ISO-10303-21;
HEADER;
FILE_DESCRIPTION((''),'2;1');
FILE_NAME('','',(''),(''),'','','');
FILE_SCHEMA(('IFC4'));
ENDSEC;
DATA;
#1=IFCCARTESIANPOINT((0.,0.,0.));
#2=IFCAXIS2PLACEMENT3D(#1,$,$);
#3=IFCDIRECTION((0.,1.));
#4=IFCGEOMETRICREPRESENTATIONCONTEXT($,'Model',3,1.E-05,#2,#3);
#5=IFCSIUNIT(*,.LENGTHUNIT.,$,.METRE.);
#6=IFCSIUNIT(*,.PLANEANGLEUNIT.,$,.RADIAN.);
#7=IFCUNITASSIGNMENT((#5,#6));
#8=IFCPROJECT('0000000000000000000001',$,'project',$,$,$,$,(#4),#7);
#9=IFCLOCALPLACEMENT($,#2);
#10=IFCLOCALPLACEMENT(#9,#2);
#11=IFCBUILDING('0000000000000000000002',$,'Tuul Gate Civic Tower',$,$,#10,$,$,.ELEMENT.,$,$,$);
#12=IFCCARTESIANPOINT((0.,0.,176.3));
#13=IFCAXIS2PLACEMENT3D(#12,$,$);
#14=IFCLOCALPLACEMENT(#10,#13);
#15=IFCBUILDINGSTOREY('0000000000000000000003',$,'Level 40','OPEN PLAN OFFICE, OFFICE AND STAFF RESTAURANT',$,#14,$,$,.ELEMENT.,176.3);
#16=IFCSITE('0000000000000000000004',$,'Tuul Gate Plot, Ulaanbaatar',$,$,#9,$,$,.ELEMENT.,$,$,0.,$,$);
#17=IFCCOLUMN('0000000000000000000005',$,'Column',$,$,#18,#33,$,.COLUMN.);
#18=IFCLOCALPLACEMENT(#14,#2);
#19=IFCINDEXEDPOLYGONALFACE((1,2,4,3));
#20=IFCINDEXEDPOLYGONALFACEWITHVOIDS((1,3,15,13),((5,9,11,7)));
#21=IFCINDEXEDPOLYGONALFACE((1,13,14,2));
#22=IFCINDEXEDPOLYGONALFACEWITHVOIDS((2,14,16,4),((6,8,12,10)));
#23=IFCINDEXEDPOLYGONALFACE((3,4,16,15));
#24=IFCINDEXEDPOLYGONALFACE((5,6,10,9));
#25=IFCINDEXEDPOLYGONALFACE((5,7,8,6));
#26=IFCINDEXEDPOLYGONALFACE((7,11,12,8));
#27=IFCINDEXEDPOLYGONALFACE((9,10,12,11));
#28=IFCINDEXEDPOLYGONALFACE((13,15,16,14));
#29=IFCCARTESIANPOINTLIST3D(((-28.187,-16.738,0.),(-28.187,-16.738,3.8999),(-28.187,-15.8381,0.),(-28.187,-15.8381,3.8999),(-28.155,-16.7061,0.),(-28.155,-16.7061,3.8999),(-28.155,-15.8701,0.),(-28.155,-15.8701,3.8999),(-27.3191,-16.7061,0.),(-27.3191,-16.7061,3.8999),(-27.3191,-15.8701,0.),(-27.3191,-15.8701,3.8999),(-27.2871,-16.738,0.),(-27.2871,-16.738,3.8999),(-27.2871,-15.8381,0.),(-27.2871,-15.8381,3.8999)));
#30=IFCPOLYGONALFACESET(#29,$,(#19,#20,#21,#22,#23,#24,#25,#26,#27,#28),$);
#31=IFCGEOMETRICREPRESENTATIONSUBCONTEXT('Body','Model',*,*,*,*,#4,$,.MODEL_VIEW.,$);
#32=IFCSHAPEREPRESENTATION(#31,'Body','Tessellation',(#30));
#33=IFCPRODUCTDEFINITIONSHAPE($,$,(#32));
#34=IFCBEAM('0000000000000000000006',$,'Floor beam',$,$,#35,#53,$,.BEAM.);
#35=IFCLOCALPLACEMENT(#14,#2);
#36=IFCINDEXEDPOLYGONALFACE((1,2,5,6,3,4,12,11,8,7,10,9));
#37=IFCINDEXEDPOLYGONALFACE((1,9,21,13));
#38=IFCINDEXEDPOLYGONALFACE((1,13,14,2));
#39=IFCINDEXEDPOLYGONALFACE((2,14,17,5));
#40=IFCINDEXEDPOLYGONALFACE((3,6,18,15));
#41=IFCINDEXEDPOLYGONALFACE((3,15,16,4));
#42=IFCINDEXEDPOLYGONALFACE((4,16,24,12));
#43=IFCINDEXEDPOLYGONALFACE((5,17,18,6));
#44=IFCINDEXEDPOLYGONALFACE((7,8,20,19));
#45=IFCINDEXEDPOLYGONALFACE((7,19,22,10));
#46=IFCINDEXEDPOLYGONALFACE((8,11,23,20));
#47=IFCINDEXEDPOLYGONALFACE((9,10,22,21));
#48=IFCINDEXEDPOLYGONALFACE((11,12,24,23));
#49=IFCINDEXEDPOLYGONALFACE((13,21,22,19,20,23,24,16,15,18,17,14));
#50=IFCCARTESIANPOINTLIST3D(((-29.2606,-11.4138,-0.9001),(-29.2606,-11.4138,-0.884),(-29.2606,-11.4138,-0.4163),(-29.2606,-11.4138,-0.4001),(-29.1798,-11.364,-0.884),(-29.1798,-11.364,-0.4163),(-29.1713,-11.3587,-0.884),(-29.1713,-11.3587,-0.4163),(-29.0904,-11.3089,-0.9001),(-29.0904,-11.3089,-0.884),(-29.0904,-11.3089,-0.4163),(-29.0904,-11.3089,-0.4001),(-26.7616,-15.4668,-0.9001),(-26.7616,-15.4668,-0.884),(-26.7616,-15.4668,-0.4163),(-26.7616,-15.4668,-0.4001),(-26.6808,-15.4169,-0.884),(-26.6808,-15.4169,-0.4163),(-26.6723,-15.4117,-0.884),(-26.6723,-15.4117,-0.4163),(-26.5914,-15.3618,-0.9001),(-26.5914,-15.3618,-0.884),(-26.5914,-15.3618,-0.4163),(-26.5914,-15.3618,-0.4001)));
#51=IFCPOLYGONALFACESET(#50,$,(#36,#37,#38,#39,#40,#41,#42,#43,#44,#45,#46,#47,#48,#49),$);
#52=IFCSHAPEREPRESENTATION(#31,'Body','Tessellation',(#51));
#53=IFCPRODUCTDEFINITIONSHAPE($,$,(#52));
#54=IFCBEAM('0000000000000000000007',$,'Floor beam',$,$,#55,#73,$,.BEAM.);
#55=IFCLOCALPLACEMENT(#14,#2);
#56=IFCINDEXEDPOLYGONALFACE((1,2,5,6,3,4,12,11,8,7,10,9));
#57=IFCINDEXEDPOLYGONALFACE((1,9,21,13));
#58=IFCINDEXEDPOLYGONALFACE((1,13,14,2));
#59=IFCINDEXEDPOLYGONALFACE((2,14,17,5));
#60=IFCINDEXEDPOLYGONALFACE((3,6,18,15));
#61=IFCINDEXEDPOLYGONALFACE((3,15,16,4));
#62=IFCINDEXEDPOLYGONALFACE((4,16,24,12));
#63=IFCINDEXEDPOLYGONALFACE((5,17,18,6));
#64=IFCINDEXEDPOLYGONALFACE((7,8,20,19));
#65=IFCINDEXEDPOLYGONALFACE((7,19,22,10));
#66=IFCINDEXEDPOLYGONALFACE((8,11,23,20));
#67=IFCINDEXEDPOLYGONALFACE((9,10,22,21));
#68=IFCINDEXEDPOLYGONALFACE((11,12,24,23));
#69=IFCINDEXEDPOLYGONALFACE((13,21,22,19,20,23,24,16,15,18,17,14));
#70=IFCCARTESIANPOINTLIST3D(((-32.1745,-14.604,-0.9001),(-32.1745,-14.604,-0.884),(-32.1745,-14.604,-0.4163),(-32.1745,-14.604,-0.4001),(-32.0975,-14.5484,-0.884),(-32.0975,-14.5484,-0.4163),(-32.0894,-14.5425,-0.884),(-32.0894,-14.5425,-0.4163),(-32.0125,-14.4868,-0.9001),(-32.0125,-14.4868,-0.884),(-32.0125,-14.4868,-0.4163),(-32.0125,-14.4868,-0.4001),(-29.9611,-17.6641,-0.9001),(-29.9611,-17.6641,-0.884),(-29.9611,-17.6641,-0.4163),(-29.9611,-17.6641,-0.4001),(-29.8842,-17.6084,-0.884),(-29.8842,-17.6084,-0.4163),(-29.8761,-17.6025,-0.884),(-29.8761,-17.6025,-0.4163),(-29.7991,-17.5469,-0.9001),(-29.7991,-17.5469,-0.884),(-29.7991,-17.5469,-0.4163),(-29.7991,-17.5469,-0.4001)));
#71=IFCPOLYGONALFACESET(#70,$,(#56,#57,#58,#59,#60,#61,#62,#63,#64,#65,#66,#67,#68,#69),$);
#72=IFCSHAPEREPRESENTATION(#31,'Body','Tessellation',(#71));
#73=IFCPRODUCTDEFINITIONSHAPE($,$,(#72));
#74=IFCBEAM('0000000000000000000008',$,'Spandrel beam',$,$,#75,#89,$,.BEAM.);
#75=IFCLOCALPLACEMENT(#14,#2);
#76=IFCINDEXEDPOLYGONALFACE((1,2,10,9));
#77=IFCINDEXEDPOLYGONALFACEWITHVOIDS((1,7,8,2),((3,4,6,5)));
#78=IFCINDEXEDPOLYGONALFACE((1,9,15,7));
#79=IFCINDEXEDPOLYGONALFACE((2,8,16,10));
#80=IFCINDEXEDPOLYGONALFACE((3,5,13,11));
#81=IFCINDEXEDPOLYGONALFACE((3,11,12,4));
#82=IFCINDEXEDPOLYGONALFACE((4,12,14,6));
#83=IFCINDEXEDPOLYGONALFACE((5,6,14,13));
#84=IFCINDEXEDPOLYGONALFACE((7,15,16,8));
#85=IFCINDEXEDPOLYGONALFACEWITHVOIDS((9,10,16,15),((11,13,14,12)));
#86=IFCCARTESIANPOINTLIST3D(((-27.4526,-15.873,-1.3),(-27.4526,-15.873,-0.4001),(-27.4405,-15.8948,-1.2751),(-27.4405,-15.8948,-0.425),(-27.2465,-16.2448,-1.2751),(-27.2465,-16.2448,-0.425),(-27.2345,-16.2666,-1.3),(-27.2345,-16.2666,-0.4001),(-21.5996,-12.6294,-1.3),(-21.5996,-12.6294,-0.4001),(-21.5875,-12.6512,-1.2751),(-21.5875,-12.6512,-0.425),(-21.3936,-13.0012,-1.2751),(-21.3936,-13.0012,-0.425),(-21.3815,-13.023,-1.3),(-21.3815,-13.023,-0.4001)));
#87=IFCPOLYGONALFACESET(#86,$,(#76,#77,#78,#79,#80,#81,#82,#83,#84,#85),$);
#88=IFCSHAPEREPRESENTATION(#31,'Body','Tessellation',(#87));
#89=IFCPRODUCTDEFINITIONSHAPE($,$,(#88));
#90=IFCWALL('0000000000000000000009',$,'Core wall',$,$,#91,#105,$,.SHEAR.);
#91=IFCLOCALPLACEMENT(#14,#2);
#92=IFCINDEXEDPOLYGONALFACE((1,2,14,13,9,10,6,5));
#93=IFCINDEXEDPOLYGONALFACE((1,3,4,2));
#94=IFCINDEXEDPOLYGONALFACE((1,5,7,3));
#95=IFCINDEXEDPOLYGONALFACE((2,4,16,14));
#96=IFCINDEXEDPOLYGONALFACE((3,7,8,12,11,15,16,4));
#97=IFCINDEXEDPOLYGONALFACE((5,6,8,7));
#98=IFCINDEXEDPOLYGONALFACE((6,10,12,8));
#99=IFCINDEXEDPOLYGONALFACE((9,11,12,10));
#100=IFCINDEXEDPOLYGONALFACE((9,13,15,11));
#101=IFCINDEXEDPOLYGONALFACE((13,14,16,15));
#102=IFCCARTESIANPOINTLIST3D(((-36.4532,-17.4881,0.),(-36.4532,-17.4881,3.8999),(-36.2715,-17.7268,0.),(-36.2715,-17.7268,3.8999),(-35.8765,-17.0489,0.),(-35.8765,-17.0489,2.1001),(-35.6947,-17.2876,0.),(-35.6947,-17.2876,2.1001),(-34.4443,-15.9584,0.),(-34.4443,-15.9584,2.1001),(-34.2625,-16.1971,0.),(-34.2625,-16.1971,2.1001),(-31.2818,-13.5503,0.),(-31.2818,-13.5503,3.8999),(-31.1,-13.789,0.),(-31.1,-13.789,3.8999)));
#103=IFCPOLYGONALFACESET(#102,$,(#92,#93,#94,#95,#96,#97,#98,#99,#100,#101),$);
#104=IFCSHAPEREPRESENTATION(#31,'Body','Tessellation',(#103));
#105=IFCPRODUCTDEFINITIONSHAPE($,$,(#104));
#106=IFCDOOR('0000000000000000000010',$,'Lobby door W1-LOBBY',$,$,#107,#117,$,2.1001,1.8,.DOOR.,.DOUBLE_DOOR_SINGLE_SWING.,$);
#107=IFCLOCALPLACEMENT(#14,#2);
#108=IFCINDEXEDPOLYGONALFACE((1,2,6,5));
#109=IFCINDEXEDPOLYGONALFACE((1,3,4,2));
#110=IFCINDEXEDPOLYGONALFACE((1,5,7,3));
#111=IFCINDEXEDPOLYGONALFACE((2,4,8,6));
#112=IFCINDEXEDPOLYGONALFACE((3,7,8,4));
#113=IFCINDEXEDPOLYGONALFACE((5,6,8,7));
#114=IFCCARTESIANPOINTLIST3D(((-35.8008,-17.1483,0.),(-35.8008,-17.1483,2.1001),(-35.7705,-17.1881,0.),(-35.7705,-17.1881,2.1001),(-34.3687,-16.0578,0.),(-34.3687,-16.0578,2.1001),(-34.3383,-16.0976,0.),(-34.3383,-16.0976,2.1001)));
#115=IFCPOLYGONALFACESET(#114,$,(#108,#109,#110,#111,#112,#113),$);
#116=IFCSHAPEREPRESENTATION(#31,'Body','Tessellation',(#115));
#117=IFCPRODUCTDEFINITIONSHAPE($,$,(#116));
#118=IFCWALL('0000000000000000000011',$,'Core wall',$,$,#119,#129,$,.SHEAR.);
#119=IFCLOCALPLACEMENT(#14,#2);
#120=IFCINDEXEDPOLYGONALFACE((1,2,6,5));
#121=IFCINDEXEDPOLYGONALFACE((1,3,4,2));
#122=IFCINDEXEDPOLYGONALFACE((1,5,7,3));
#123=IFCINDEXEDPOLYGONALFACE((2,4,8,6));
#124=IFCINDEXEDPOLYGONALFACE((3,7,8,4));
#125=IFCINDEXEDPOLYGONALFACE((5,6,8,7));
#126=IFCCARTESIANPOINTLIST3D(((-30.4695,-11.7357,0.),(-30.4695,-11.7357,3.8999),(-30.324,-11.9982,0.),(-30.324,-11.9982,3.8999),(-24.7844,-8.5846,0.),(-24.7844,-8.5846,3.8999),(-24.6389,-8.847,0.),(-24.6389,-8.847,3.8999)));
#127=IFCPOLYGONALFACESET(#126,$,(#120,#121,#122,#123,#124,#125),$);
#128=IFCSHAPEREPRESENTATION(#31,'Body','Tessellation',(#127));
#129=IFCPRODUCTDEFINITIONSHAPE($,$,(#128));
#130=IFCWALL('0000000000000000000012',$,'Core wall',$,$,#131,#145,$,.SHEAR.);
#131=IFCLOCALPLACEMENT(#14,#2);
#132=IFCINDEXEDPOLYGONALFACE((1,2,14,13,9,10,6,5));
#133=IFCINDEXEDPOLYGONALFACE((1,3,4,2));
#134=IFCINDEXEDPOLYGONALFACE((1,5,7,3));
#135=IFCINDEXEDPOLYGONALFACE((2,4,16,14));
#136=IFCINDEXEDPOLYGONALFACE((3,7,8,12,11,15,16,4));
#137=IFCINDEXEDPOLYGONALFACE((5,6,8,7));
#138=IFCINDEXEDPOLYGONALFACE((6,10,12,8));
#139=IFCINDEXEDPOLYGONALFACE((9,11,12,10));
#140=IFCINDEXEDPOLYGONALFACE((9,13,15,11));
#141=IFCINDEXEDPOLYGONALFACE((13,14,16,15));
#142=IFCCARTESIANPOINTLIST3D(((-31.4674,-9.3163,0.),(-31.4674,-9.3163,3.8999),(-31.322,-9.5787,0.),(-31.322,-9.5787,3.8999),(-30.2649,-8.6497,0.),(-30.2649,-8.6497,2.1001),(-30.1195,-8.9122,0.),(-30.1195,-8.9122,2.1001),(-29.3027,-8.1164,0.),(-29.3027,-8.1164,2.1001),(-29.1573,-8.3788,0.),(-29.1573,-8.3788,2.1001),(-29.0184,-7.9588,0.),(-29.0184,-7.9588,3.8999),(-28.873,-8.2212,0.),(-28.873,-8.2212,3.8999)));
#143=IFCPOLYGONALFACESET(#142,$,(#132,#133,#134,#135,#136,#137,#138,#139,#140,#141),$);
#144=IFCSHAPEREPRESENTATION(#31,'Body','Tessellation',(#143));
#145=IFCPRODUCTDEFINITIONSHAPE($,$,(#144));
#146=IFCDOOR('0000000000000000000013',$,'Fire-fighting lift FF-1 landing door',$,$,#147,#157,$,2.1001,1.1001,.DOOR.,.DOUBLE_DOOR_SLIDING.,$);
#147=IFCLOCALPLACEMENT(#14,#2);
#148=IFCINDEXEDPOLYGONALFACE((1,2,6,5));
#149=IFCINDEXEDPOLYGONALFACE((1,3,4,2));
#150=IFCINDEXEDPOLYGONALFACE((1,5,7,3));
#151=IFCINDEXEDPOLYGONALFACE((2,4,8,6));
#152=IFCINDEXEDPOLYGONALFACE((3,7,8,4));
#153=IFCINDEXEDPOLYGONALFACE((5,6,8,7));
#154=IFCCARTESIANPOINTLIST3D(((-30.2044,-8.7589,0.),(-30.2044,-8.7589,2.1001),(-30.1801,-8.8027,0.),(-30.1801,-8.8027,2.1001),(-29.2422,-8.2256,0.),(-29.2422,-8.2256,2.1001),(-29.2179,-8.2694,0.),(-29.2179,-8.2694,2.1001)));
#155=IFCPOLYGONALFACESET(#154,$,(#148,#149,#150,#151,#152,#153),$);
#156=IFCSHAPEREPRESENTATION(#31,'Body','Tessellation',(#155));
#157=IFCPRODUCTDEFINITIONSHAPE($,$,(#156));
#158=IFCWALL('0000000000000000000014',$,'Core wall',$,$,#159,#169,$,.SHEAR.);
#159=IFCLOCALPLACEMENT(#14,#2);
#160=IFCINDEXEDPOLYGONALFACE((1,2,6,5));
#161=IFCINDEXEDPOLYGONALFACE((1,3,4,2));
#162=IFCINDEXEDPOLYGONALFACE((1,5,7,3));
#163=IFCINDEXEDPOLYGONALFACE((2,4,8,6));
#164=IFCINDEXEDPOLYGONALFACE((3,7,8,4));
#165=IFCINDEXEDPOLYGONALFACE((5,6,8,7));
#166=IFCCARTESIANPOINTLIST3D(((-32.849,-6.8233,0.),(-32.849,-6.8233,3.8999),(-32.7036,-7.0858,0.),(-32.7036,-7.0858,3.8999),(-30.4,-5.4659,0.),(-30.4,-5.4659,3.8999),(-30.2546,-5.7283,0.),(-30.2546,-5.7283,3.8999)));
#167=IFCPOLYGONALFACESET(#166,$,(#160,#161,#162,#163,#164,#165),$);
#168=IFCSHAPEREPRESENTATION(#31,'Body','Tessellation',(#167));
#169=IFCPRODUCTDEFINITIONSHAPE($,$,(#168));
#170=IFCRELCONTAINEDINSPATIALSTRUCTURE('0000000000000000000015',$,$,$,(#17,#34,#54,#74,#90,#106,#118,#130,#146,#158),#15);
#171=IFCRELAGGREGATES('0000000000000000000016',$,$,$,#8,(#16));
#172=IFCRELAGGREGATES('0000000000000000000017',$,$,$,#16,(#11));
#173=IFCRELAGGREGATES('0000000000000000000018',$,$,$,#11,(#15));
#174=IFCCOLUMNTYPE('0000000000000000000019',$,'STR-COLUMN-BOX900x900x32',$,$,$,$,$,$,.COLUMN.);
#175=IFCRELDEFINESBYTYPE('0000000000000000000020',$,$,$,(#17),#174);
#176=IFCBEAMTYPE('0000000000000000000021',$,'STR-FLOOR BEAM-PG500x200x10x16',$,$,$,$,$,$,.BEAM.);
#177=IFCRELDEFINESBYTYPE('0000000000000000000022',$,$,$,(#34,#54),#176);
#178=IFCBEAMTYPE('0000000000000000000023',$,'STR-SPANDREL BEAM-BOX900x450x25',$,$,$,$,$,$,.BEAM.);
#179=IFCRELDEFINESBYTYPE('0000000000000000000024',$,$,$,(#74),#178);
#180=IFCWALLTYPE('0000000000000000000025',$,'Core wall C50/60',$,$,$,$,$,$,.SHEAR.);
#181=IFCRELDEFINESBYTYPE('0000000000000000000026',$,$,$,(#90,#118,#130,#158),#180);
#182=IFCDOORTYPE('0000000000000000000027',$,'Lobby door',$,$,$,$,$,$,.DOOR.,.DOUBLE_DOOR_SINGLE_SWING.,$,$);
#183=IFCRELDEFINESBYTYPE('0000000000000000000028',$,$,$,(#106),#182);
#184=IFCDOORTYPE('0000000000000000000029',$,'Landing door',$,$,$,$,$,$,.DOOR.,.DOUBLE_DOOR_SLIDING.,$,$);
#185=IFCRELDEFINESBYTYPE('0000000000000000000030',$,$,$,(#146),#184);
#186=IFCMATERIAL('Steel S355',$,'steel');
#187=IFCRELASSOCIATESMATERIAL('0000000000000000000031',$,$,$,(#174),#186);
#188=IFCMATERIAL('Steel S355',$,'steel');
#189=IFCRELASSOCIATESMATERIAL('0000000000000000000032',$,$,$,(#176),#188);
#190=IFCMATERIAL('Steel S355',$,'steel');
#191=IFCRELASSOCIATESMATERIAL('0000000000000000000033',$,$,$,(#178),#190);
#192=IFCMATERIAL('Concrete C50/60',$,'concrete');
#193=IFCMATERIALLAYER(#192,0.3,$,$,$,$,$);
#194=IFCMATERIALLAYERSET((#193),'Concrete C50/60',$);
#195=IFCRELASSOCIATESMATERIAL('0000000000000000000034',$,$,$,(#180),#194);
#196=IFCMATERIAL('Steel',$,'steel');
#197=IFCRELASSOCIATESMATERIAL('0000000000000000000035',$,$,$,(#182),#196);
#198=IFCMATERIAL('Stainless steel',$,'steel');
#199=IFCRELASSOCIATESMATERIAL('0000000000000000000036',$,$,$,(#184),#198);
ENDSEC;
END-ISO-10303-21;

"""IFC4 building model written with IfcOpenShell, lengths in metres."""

from ifc_helpers import new_model, si_unit, direction, frame, frame_2d, origin, origin_2d, place, context, subcontext, project, spatial, rectangle, hollow_rectangle, i_section, extrude, material, layer, layer_set, material_profile, profile_set, type_object, element, fill, save


model = new_model("IFC4")

# Units and contexts
model_context = context("Model", 3, precision=1e-05, world=origin(), true_north=direction((0.0, 1.0)))
body_context = subcontext(model_context, "Body", "Model", "MODEL_VIEW")
ifc_project = project(units=[si_unit("LENGTHUNIT", "METRE"), si_unit("PLANEANGLEUNIT", "RADIAN")], contexts=[model_context])

# Site, building, storey
site_placement = place(None, origin())
site = spatial("IfcSite", under=ifc_project, at=site_placement, Name="Tuul Gate Plot, Ulaanbaatar", CompositionType="ELEMENT", RefElevation=0.0)
building_placement = place(site_placement, origin())
building = spatial("IfcBuilding", under=site, at=building_placement, Name="Tuul Gate Civic Tower", CompositionType="ELEMENT")
storey_placement = place(building_placement, frame((0.0, 0.0, 176.3)))
storey = spatial("IfcBuildingStorey", under=building, at=storey_placement, Name="Level 40", Description="OPEN PLAN OFFICE, OFFICE AND STAFF RESTAURANT", CompositionType="ELEMENT", Elevation=176.3)

# Column
ifc_material_1 = material(Name="Steel S355", Category="steel")
ifc_material_profile_1 = material_profile(ifc_material_1, hollow_rectangle(XDim=0.8999, YDim=0.8999, WallThickness=0.032, at=origin_2d()), Name="BOX900x900x32")
ifc_profile_set_1 = profile_set([ifc_material_profile_1], Name="Steel S355")
column_type = type_object("IfcColumnType", Name="STR-COLUMN-BOX900x900x32", PredefinedType="COLUMN", material=ifc_profile_set_1)
column_placement = place(storey_placement, frame((-27.7371, -16.2881, 0.0), z_axis=(0.0, 0.0, 1.0), x_axis=(1.0, 0.0, 0.0)))
element("IfcColumn", 1, at=column_placement, inside=storey, type_object=column_type, Name="Column", PredefinedType="COLUMN", context=body_context, shape_type="SweptSolid", body=[
    extrude(hollow_rectangle(XDim=0.8999, YDim=0.8999, WallThickness=0.032, at=origin_2d()), origin(), (0.0, 0.0, 1.0), 3.8999),
])

# Beams
ifc_material_2 = material(Name="Steel S355", Category="steel")
ifc_material_profile_2 = material_profile(ifc_material_2, i_section(OverallWidth=0.2, OverallDepth=0.5, WebThickness=0.01, FlangeThickness=0.0161, at=origin_2d()), Name="PG500x200x10x16")
ifc_profile_set_2 = profile_set([ifc_material_profile_2], Name="Steel S355")
beam_type_1 = type_object("IfcBeamType", Name="STR-FLOOR BEAM-PG500x200x10x16", PredefinedType="BEAM", material=ifc_profile_set_2)
beam_1_placement = place(storey_placement, frame((-26.6765, -15.4143, -0.6501), z_axis=(-0.524841, 0.8512, 0.0), x_axis=(-0.8512, -0.524841, 0.0)))
element("IfcBeam", 2, at=beam_1_placement, inside=storey, type_object=beam_type_1, Name="Floor beam", PredefinedType="BEAM", context=body_context, shape_type="SweptSolid", body=[
    extrude(i_section(OverallWidth=0.2, OverallDepth=0.5, WebThickness=0.01, FlangeThickness=0.0161, at=origin_2d()), origin(), (0.0, 0.0, 1.0), 4.7615),
])
beam_2_placement = place(storey_placement, frame((-29.8801, -17.6055, -0.6501), z_axis=(-0.586071, 0.81026, 0.0), x_axis=(-0.81026, -0.586071, 0.0)))
element("IfcBeam", 3, at=beam_2_placement, inside=storey, type_object=beam_type_1, Name="Floor beam", PredefinedType="BEAM", context=body_context, shape_type="SweptSolid", body=[
    extrude(i_section(OverallWidth=0.2, OverallDepth=0.5, WebThickness=0.01, FlangeThickness=0.0161, at=origin_2d()), origin(), (0.0, 0.0, 1.0), 3.7766),
])
ifc_material_3 = material(Name="Steel S355", Category="steel")
ifc_material_profile_3 = material_profile(ifc_material_3, hollow_rectangle(XDim=0.45, YDim=0.8999, WallThickness=0.0249, at=origin_2d()), Name="BOX900x450x25")
ifc_profile_set_3 = profile_set([ifc_material_profile_3], Name="Steel S355")
beam_type_2 = type_object("IfcBeamType", Name="STR-SPANDREL BEAM-BOX900x450x25", PredefinedType="BEAM", material=ifc_profile_set_3)
beam_3_placement = place(storey_placement, frame((-27.3435, -16.0698, -0.8501), z_axis=(0.874666, 0.484726, 0.0), x_axis=(-0.484726, 0.874666, 0.0)))
element("IfcBeam", 4, at=beam_3_placement, inside=storey, type_object=beam_type_2, Name="Spandrel beam", PredefinedType="BEAM", context=body_context, shape_type="SweptSolid", body=[
    extrude(hollow_rectangle(XDim=0.45, YDim=0.8999, WallThickness=0.0249, at=origin_2d()), origin(), (0.0, 0.0, 1.0), 6.6917),
])

# Wall, opening, door
ifc_material_4 = material(Name="Concrete C50/60", Category="concrete")
ifc_layer_1 = layer(ifc_material_4, 0.3)
ifc_layer_set_1 = layer_set([ifc_layer_1], Name="Concrete C50/60")
wall_type_1 = type_object("IfcWallType", Name="Core wall C50/60", PredefinedType="SHEAR", material=ifc_layer_set_1)
wall_1_placement = place(storey_placement, frame((-31.1909, -13.6697, 0.0), z_axis=(0.0, 0.0, 1.0), x_axis=(-0.795607, -0.605813, 0.0)))
wall_1 = element("IfcWall", 5, at=wall_1_placement, inside=storey, type_object=wall_type_1, Name="Core wall", PredefinedType="SHEAR", context=body_context, shape_type="SweptSolid", body=[
    extrude(rectangle(XDim=6.5, YDim=0.3, at=frame_2d((3.25, 0.0))), origin(), (0.0, 0.0, 1.0), 3.8999),
])
opening_1_placement = place(wall_1_placement, frame((3.9751, 0.0, 0.0)))
opening_1 = element("IfcOpeningElement", 6, at=opening_1_placement, cuts=wall_1, PredefinedType="OPENING", context=body_context, shape_type="SweptSolid", body=[
    extrude(rectangle(XDim=1.8, YDim=2.1001, at=frame_2d((0.8999, 1.05))), frame((0.0, 0.1602, 0.0), z_axis=(0.0, -1.0, 0.0), x_axis=(1.0, 0.0, 0.0)), (0.0, 0.0, 1.0), 0.3201),
])
ifc_material_5 = material(Name="Steel", Category="steel")
door_type_1 = type_object("IfcDoorType", Name="Lobby door", OperationType="DOUBLE_DOOR_SINGLE_SWING", PredefinedType="DOOR", material=ifc_material_5)
door_1_placement = place(opening_1_placement, origin())
door_1 = element("IfcDoor", 7, at=door_1_placement, inside=storey, type_object=door_type_1, Name="Lobby door W1-LOBBY", OperationType="DOUBLE_DOOR_SINGLE_SWING", OverallHeight=2.1001, OverallWidth=1.8, PredefinedType="DOOR", context=body_context, shape_type="SweptSolid", body=[
    extrude(rectangle(XDim=1.8, YDim=2.1001, at=frame_2d((0.8999, 1.05))), frame((0.0, 0.0249, 0.0), z_axis=(0.0, -1.0, 0.0), x_axis=(1.0, 0.0, 0.0)), (0.0, 0.0, 1.0), 0.05),
])
fill(opening_1, door_1)

# Wall
wall_2_placement = place(storey_placement, frame((-24.7117, -8.7158, 0.0), z_axis=(0.0, 0.0, 1.0), x_axis=(-0.87463, -0.484791, 0.0)))
element("IfcWall", 8, at=wall_2_placement, inside=storey, type_object=wall_type_1, Name="Core wall", PredefinedType="SHEAR", context=body_context, shape_type="SweptSolid", body=[
    extrude(rectangle(XDim=6.5, YDim=0.3, at=frame_2d((3.25, 0.0))), origin(), (0.0, 0.0, 1.0), 3.8999),
])

# Wall, opening, door
wall_3_placement = place(storey_placement, frame((-28.9458, -8.0901, 0.0), z_axis=(0.0, 0.0, 1.0), x_axis=(-0.87463, -0.484791, 0.0)))
wall_3 = element("IfcWall", 9, at=wall_3_placement, inside=storey, type_object=wall_type_1, Name="Core wall", PredefinedType="SHEAR", context=body_context, shape_type="SweptSolid", body=[
    extrude(rectangle(XDim=2.8, YDim=0.3, at=frame_2d((1.3999, 0.0))), origin(), (0.0, 0.0, 1.0), 3.8999),
])
opening_2_placement = place(wall_3_placement, frame((0.325, 0.0, 0.0)))
opening_2 = element("IfcOpeningElement", 10, at=opening_2_placement, cuts=wall_3, PredefinedType="OPENING", context=body_context, shape_type="SweptSolid", body=[
    extrude(rectangle(XDim=1.1001, YDim=2.1001, at=frame_2d((0.55, 1.05))), frame((0.0, 0.1602, 0.0), z_axis=(0.0, -1.0, 0.0), x_axis=(1.0, 0.0, 0.0)), (0.0, 0.0, 1.0), 0.3201),
])
ifc_material_6 = material(Name="Stainless steel", Category="steel")
door_type_2 = type_object("IfcDoorType", Name="Landing door", OperationType="DOUBLE_DOOR_SLIDING", PredefinedType="DOOR", material=ifc_material_6)
door_2_placement = place(opening_2_placement, origin())
door_2 = element("IfcDoor", 11, at=door_2_placement, inside=storey, type_object=door_type_2, Name="Fire-fighting lift FF-1 landing door", OperationType="DOUBLE_DOOR_SLIDING", OverallHeight=2.1001, OverallWidth=1.1001, PredefinedType="DOOR", context=body_context, shape_type="SweptSolid", body=[
    extrude(rectangle(XDim=1.1001, YDim=2.1001, at=frame_2d((0.55, 1.05))), frame((0.0, 0.0249, 0.0), z_axis=(0.0, -1.0, 0.0), x_axis=(1.0, 0.0, 0.0)), (0.0, 0.0, 1.0), 0.05),
])
fill(opening_2, door_2)

# Wall
wall_4_placement = place(storey_placement, frame((-30.3274, -5.5972, 0.0), z_axis=(0.0, 0.0, 1.0), x_axis=(-0.87463, -0.484791, 0.0)))
element("IfcWall", 12, at=wall_4_placement, inside=storey, type_object=wall_type_1, Name="Core wall", PredefinedType="SHEAR", context=body_context, shape_type="SweptSolid", body=[
    extrude(rectangle(XDim=2.8, YDim=0.3, at=frame_2d((1.3999, 0.0))), origin(), (0.0, 0.0, 1.0), 3.8999),
])

save(model, "model.ifc")
